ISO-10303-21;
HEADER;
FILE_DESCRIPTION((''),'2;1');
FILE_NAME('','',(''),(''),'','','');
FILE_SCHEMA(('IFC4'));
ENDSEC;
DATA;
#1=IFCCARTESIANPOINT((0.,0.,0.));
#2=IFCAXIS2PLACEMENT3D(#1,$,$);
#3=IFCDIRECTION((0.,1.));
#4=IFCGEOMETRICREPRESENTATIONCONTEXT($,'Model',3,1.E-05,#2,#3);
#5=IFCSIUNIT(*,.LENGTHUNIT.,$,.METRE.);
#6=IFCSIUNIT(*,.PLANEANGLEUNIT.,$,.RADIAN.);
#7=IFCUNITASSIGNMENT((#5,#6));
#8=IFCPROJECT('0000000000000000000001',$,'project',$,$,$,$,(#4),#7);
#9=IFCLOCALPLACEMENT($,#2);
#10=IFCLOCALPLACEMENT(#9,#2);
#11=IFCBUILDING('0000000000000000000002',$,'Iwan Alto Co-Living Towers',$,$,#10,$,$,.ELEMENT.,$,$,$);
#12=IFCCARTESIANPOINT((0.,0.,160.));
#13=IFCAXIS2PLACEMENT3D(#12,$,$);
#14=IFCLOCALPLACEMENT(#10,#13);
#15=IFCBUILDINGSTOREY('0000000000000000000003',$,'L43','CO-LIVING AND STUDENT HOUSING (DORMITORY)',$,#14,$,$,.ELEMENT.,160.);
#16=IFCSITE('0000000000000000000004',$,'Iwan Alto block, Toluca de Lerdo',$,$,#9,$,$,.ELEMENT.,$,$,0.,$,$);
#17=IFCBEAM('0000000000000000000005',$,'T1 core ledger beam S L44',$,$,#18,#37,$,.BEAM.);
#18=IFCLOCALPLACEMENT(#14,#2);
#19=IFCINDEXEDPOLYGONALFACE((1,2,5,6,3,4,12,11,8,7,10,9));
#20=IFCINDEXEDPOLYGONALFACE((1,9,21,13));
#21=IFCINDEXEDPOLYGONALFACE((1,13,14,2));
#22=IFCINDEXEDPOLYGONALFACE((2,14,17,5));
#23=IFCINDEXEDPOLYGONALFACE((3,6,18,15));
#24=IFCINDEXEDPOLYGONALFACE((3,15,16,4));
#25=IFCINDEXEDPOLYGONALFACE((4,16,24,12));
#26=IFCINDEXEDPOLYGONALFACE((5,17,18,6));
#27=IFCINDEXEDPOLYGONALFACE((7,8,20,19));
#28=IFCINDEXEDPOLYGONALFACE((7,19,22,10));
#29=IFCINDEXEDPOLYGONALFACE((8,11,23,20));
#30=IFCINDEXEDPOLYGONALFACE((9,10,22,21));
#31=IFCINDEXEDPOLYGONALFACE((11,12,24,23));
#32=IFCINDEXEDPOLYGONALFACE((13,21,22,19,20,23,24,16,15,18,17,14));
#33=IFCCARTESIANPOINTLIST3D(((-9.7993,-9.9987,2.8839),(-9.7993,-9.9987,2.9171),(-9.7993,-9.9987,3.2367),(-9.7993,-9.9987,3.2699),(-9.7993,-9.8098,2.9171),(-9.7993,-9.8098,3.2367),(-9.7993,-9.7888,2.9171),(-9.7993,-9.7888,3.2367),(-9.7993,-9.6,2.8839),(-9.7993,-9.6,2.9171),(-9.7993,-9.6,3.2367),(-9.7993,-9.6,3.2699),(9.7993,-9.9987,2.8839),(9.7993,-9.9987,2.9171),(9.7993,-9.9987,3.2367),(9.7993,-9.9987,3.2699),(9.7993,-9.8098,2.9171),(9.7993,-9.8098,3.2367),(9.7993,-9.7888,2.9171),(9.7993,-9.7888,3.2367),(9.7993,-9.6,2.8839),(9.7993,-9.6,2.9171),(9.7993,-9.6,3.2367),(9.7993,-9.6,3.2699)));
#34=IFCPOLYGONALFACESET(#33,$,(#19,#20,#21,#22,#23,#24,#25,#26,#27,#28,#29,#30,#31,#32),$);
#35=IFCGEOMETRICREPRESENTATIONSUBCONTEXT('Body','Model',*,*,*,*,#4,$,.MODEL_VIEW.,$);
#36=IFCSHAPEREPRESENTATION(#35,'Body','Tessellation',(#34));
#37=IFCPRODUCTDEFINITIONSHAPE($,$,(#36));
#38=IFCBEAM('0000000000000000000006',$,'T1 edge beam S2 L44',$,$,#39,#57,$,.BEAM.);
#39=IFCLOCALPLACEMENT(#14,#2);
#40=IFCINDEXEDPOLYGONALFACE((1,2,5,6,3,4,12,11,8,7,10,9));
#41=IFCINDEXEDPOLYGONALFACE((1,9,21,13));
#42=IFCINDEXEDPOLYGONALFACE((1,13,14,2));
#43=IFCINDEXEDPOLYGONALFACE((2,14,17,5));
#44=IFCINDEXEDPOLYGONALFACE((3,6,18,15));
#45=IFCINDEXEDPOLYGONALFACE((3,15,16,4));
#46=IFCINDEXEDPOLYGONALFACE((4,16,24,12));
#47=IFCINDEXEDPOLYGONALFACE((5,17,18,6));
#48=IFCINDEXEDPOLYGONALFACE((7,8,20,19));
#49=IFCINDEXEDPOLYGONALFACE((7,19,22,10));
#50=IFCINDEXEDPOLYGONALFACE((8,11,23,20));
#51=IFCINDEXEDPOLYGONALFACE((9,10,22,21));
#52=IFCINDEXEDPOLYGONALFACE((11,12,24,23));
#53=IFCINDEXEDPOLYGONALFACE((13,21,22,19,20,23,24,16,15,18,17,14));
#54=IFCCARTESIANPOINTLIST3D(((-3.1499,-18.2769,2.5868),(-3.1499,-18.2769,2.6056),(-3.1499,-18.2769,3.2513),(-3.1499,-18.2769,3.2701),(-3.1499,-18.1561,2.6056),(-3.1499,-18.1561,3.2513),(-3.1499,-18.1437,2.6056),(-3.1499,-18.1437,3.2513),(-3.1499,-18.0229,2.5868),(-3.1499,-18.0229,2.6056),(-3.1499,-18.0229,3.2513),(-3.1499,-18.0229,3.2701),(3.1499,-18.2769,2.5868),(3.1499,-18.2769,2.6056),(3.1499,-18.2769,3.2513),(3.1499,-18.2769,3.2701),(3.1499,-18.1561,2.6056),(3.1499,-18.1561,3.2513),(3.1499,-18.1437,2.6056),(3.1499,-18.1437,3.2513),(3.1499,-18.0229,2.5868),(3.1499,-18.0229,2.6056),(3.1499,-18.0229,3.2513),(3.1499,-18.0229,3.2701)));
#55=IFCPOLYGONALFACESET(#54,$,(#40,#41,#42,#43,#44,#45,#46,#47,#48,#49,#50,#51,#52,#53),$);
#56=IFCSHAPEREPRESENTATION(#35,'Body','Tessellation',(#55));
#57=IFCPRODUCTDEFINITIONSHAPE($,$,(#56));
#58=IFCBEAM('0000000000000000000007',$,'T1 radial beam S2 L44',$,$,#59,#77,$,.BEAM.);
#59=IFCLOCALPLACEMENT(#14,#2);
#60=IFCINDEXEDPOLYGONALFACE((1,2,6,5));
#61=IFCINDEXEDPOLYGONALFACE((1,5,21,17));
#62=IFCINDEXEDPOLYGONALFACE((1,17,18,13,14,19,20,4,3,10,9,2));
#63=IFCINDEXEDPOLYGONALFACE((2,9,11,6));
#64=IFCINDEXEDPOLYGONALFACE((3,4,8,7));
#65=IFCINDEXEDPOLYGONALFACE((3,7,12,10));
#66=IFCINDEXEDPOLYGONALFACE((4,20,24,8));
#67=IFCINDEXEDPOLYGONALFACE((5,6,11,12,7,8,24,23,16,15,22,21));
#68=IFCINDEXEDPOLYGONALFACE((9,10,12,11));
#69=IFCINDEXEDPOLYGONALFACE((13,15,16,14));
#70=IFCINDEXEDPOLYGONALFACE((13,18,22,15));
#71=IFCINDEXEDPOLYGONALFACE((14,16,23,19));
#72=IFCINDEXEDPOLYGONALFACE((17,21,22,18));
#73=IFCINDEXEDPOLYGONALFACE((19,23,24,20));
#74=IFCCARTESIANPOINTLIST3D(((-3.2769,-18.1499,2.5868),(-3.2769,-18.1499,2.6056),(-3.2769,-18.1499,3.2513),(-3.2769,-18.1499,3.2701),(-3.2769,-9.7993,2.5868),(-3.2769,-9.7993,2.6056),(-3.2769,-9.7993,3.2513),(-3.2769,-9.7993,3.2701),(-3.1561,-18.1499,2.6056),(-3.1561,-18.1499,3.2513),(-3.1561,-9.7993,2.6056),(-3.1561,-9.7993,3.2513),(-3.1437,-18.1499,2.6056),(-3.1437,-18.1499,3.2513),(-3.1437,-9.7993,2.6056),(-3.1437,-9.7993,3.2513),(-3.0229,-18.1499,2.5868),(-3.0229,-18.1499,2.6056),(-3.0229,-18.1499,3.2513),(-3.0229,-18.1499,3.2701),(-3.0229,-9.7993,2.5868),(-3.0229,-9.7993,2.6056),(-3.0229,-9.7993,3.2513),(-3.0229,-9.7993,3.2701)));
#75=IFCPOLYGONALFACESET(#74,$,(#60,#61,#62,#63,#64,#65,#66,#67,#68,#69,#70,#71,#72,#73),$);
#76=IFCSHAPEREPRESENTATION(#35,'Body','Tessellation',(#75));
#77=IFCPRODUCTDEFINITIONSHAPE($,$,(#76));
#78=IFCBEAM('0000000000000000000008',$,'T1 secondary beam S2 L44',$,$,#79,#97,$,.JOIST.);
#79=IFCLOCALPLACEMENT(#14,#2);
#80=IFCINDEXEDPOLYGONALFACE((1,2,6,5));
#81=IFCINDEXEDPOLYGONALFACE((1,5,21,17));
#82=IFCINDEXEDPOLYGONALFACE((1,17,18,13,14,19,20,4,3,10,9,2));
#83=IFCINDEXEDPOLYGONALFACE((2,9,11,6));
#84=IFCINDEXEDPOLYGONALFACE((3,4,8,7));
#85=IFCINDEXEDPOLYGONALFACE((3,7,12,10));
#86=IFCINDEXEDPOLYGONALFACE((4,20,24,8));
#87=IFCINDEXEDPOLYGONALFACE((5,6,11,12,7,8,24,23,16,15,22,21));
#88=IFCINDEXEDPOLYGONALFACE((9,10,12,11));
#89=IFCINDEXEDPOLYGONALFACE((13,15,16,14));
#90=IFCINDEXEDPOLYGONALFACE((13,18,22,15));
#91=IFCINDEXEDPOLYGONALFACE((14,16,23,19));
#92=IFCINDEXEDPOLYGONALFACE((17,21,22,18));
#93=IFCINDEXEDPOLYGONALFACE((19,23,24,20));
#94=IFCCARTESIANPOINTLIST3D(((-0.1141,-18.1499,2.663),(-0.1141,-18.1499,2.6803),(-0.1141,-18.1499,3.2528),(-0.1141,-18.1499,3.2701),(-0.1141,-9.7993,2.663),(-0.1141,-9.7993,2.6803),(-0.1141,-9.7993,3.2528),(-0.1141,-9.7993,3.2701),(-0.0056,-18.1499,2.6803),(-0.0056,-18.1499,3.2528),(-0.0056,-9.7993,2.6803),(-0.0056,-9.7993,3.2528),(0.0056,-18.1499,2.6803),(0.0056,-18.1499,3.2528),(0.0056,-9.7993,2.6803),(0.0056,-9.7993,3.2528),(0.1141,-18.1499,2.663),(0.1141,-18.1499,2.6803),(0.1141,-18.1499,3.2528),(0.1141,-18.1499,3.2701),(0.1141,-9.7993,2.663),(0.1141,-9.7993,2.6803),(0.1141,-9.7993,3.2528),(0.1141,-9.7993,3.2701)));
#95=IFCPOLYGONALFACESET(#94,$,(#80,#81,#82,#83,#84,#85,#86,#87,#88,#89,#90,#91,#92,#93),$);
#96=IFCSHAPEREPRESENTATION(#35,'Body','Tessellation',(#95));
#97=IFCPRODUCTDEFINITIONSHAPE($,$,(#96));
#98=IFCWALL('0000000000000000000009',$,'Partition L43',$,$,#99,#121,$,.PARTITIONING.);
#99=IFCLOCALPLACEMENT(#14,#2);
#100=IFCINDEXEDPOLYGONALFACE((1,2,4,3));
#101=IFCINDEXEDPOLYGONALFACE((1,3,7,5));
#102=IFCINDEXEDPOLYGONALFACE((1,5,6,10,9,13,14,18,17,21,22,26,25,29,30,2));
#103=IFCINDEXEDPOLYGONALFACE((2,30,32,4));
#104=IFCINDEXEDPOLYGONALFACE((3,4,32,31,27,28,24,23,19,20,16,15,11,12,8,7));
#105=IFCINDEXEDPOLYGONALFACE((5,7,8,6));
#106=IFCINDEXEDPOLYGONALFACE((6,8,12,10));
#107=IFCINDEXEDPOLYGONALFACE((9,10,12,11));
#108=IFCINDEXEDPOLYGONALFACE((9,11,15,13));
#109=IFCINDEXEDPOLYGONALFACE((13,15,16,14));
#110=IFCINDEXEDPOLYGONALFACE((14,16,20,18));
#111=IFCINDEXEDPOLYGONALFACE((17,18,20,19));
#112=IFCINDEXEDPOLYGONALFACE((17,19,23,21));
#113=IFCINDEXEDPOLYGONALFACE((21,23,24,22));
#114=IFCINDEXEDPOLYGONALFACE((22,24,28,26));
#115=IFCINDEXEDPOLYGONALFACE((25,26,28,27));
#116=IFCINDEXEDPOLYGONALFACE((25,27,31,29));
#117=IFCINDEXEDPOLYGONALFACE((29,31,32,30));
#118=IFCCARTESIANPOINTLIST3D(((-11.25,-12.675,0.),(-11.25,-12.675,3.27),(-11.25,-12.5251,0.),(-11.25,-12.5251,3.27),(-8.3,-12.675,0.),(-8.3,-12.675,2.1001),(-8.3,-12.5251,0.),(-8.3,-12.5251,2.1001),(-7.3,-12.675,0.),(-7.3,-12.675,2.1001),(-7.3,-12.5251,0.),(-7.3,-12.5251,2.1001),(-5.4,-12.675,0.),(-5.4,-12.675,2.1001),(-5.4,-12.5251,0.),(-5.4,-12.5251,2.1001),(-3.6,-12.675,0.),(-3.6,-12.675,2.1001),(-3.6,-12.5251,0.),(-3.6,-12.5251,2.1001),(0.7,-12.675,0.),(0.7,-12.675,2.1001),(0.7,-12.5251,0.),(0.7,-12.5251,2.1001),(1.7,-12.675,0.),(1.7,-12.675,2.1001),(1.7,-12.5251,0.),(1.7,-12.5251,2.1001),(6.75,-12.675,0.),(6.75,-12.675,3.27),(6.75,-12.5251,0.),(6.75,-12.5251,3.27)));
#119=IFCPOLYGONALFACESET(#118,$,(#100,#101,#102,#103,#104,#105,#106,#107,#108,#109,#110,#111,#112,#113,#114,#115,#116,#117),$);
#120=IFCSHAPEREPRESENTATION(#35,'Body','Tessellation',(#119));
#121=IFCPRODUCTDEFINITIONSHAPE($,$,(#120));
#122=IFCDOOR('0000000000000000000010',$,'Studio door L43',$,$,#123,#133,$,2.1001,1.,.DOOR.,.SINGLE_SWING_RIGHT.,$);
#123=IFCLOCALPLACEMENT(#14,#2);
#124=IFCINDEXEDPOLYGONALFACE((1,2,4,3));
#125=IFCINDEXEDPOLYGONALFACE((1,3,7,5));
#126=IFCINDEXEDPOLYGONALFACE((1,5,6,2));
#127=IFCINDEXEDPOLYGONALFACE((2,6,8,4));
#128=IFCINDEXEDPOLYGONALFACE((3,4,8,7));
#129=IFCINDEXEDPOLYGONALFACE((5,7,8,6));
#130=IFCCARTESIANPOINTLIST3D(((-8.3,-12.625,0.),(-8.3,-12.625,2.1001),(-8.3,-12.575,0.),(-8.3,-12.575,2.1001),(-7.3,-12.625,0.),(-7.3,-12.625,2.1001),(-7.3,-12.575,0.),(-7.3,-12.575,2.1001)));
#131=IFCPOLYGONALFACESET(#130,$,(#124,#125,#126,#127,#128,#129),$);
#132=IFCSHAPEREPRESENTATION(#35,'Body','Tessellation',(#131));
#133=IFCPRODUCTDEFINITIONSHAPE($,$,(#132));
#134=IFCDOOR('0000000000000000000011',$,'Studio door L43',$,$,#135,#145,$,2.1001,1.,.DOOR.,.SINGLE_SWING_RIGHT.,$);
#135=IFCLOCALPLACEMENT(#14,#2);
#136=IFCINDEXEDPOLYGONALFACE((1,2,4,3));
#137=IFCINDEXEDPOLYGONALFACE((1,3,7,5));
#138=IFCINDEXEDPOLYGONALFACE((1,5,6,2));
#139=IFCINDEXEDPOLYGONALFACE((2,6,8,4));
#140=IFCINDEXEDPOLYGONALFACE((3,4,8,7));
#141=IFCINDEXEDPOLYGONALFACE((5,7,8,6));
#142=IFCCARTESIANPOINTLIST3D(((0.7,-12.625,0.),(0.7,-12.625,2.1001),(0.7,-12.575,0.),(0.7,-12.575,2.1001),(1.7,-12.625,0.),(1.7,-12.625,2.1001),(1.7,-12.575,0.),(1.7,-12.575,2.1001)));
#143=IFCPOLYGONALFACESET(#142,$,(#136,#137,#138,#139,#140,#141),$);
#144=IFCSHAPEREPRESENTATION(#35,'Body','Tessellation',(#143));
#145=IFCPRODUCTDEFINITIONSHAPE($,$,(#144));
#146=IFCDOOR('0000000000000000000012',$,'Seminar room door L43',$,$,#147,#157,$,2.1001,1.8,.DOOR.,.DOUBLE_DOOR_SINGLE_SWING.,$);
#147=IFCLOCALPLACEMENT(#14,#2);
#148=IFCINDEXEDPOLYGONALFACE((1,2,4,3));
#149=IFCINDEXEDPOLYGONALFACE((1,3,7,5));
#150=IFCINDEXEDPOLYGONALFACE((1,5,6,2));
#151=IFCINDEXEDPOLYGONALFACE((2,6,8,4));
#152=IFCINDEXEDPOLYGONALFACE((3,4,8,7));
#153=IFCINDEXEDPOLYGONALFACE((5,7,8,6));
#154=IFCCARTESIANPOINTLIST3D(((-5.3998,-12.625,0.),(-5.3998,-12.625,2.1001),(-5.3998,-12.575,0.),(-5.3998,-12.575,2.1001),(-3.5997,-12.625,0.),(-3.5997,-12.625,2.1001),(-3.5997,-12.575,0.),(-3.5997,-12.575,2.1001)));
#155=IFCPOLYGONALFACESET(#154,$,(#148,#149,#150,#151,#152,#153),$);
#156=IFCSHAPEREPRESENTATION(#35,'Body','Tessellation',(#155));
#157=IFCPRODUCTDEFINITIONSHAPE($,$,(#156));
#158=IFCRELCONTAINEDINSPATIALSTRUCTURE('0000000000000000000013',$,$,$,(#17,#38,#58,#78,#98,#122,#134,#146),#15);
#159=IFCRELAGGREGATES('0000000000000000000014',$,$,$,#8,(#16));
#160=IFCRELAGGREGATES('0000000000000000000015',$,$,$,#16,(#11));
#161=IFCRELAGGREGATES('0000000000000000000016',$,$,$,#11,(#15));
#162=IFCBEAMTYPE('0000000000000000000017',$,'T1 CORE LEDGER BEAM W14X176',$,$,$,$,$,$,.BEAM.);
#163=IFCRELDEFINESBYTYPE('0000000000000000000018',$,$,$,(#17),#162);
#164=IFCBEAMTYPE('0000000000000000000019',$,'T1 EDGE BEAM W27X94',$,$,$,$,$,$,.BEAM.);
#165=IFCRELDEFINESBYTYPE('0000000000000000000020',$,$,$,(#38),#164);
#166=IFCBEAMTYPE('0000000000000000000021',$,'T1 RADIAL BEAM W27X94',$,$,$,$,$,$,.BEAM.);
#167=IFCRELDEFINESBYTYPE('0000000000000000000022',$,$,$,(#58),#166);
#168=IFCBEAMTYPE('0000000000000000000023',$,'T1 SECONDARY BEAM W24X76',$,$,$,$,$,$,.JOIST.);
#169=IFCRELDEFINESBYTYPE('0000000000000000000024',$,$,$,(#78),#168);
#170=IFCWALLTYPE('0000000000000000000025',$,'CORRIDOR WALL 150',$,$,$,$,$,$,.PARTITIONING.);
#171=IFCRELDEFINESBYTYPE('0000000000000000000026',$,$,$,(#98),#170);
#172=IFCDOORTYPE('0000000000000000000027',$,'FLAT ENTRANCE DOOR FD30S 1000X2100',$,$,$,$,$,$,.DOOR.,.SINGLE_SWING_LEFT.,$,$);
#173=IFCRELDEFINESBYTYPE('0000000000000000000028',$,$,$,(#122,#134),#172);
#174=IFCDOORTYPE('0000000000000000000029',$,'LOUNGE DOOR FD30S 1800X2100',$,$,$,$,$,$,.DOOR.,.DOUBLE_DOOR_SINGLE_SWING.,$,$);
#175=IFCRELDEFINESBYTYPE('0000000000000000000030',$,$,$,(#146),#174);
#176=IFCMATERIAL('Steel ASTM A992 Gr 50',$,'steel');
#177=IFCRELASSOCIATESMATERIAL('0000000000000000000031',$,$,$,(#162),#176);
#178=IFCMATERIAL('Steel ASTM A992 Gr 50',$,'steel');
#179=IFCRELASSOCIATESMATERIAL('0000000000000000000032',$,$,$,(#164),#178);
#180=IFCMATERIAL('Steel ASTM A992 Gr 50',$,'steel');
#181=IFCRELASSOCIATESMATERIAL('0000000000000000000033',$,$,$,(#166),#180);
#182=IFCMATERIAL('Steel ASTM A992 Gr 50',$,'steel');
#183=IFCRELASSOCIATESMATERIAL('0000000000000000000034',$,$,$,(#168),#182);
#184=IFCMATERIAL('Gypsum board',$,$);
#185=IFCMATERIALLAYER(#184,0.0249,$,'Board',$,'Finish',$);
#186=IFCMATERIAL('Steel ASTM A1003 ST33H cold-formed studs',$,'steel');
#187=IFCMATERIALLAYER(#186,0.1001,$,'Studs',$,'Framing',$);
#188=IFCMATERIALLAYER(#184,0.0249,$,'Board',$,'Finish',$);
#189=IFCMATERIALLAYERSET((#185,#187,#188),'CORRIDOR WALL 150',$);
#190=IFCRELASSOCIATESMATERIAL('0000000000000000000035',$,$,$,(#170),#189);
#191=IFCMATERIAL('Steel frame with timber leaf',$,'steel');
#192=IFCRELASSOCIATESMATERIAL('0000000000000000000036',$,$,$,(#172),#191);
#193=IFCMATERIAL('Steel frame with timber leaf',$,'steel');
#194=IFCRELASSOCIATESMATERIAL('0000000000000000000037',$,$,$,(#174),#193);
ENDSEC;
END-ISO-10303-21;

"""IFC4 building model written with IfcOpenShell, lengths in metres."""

from ifc_helpers import new_model, si_unit, direction, frame, frame_2d, origin, origin_2d, place, context, subcontext, project, spatial, rectangle, i_section, extrude, material, layer, layer_set, material_profile, profile_set, type_object, element, fill, save


model = new_model("IFC4")

# Units and contexts
model_context = context("Model", 3, precision=1e-05, world=origin(), true_north=direction((0.0, 1.0)))
body_context = subcontext(model_context, "Body", "Model", "MODEL_VIEW")
ifc_project = project(units=[si_unit("LENGTHUNIT", "METRE"), si_unit("PLANEANGLEUNIT", "RADIAN")], contexts=[model_context])

# Site, building, storey
site_placement = place(None, origin())
site = spatial("IfcSite", under=ifc_project, at=site_placement, Name="Iwan Alto block, Toluca de Lerdo", CompositionType="ELEMENT", RefElevation=0.0)
building_placement = place(site_placement, origin())
building = spatial("IfcBuilding", under=site, at=building_placement, Name="Iwan Alto Co-Living Towers", CompositionType="ELEMENT")
storey_placement = place(building_placement, frame((0.0, 0.0, 160.0)))
storey = spatial("IfcBuildingStorey", under=building, at=storey_placement, Name="L43", Description="CO-LIVING AND STUDENT HOUSING (DORMITORY)", CompositionType="ELEMENT", Elevation=160.0)

# Beams
ifc_material_1 = material(Name="Steel ASTM A992 Gr 50", Category="steel")
ifc_material_profile_1 = material_profile(ifc_material_1, i_section(OverallWidth=0.3987, OverallDepth=0.386, WebThickness=0.021, FlangeThickness=0.0332, at=origin_2d()), Name="W14X176")
ifc_profile_set_1 = profile_set([ifc_material_profile_1], Name="Steel ASTM A992 Gr 50")
beam_type_1 = type_object("IfcBeamType", Name="T1 CORE LEDGER BEAM W14X176", PredefinedType="BEAM", material=ifc_profile_set_1)
beam_1_placement = place(storey_placement, frame((-9.7993, -9.7993, 3.0769), z_axis=(1.0, 0.0, 0.0), x_axis=(0.0, 1.0, 0.0)))
element("IfcBeam", 1, at=beam_1_placement, inside=storey, type_object=beam_type_1, Name="T1 core ledger beam S L44", PredefinedType="BEAM", context=body_context, shape_type="SweptSolid", body=[
    extrude(i_section(OverallWidth=0.3987, OverallDepth=0.386, WebThickness=0.021, FlangeThickness=0.0332, at=origin_2d()), origin(), (0.0, 0.0, 1.0), 19.5986),
])
ifc_material_2 = material(Name="Steel ASTM A992 Gr 50", Category="steel")
ifc_material_profile_2 = material_profile(ifc_material_2, i_section(OverallWidth=0.2539, OverallDepth=0.6833, WebThickness=0.0125, FlangeThickness=0.0188, at=origin_2d()), Name="W27X94")
ifc_profile_set_2 = profile_set([ifc_material_profile_2], Name="Steel ASTM A992 Gr 50")
beam_type_2 = type_object("IfcBeamType", Name="T1 EDGE BEAM W27X94", PredefinedType="BEAM", material=ifc_profile_set_2)
beam_2_placement = place(storey_placement, frame((-3.1499, -18.1499, 2.9285), z_axis=(1.0, 0.0, 0.0), x_axis=(0.0, 1.0, 0.0)))
element("IfcBeam", 2, at=beam_2_placement, inside=storey, type_object=beam_type_2, Name="T1 edge beam S2 L44", PredefinedType="BEAM", context=body_context, shape_type="SweptSolid", body=[
    extrude(i_section(OverallWidth=0.2539, OverallDepth=0.6833, WebThickness=0.0125, FlangeThickness=0.0188, at=origin_2d()), origin(), (0.0, 0.0, 1.0), 6.2998),
])
ifc_material_3 = material(Name="Steel ASTM A992 Gr 50", Category="steel")
ifc_material_profile_3 = material_profile(ifc_material_3, i_section(OverallWidth=0.2539, OverallDepth=0.6833, WebThickness=0.0125, FlangeThickness=0.0188, at=origin_2d()), Name="W27X94")
ifc_profile_set_3 = profile_set([ifc_material_profile_3], Name="Steel ASTM A992 Gr 50")
beam_type_3 = type_object("IfcBeamType", Name="T1 RADIAL BEAM W27X94", PredefinedType="BEAM", material=ifc_profile_set_3)
beam_3_placement = place(storey_placement, frame((-3.1499, -18.1499, 2.9285), z_axis=(0.0, 1.0, 0.0), x_axis=(-1.0, 0.0, 0.0)))
element("IfcBeam", 3, at=beam_3_placement, inside=storey, type_object=beam_type_3, Name="T1 radial beam S2 L44", PredefinedType="BEAM", context=body_context, shape_type="SweptSolid", body=[
    extrude(i_section(OverallWidth=0.2539, OverallDepth=0.6833, WebThickness=0.0125, FlangeThickness=0.0188, at=origin_2d()), origin(), (0.0, 0.0, 1.0), 8.3506),
])
ifc_material_4 = material(Name="Steel ASTM A992 Gr 50", Category="steel")
ifc_material_profile_4 = material_profile(ifc_material_4, i_section(OverallWidth=0.2283, OverallDepth=0.6072, WebThickness=0.0112, FlangeThickness=0.0173, at=origin_2d()), Name="W24X76")
ifc_profile_set_4 = profile_set([ifc_material_profile_4], Name="Steel ASTM A992 Gr 50")
beam_type_4 = type_object("IfcBeamType", Name="T1 SECONDARY BEAM W24X76", PredefinedType="JOIST", material=ifc_profile_set_4)
beam_4_placement = place(storey_placement, frame((0.0, -18.1499, 2.9666), z_axis=(0.0, 1.0, 0.0), x_axis=(-1.0, 0.0, 0.0)))
element("IfcBeam", 4, at=beam_4_placement, inside=storey, type_object=beam_type_4, Name="T1 secondary beam S2 L44", PredefinedType="JOIST", context=body_context, shape_type="SweptSolid", body=[
    extrude(i_section(OverallWidth=0.2283, OverallDepth=0.6072, WebThickness=0.0112, FlangeThickness=0.0173, at=origin_2d()), origin(), (0.0, 0.0, 1.0), 8.3506),
])

# Wall, openings, doors
ifc_material_5 = material(Name="Gypsum board")
ifc_layer_1 = layer(ifc_material_5, 0.0249, Name="Board", Category="Finish")
ifc_material_6 = material(Name="Steel ASTM A1003 ST33H cold-formed studs", Category="steel")
ifc_layer_2 = layer(ifc_material_6, 0.1001, Name="Studs", Category="Framing")
ifc_layer_3 = layer(ifc_material_5, 0.0249, Name="Board", Category="Finish")
ifc_layer_set_1 = layer_set([ifc_layer_1, ifc_layer_2, ifc_layer_3], Name="CORRIDOR WALL 150")
wall_type_1 = type_object("IfcWallType", Name="CORRIDOR WALL 150", PredefinedType="PARTITIONING", material=ifc_layer_set_1)
wall_1_placement = place(storey_placement, frame((-11.25, -12.6001, 0.0), z_axis=(0.0, 0.0, 1.0), x_axis=(1.0, 0.0, 0.0)))
wall_1 = element("IfcWall", 5, at=wall_1_placement, inside=storey, type_object=wall_type_1, Name="Partition L43", PredefinedType="PARTITIONING", context=body_context, shape_type="SweptSolid", body=[
    extrude(rectangle(XDim=18.0, YDim=0.1499, at=frame_2d((9.0, 0.0))), origin(), (0.0, 0.0, 1.0), 3.27),
])
opening_1_placement = place(wall_1_placement, frame((2.95, 0.0, 0.0)))
opening_1 = element("IfcOpeningElement", 6, at=opening_1_placement, cuts=wall_1, PredefinedType="OPENING", context=body_context, shape_type="SweptSolid", body=[
    extrude(rectangle(XDim=1.0, YDim=2.1001, at=frame_2d((0.5, 1.05))), frame((0.0, 0.085, 0.0), z_axis=(0.0, -1.0, 0.0), x_axis=(1.0, 0.0, 0.0)), (0.0, 0.0, 1.0), 0.1699),
])
opening_2_placement = place(wall_1_placement, frame((5.8501, 0.0, 0.0)))
opening_2 = element("IfcOpeningElement", 7, at=opening_2_placement, cuts=wall_1, PredefinedType="OPENING", context=body_context, shape_type="SweptSolid", body=[
    extrude(rectangle(XDim=1.8, YDim=2.1001, at=frame_2d((0.8999, 1.05))), frame((0.0, 0.085, 0.0), z_axis=(0.0, -1.0, 0.0), x_axis=(1.0, 0.0, 0.0)), (0.0, 0.0, 1.0), 0.1699),
])
opening_3_placement = place(wall_1_placement, frame((11.95, 0.0, 0.0)))
opening_3 = element("IfcOpeningElement", 8, at=opening_3_placement, cuts=wall_1, PredefinedType="OPENING", context=body_context, shape_type="SweptSolid", body=[
    extrude(rectangle(XDim=1.0, YDim=2.1001, at=frame_2d((0.5, 1.05))), frame((0.0, 0.085, 0.0), z_axis=(0.0, -1.0, 0.0), x_axis=(1.0, 0.0, 0.0)), (0.0, 0.0, 1.0), 0.1699),
])
ifc_material_7 = material(Name="Steel frame with timber leaf", Category="steel")
door_type_1 = type_object("IfcDoorType", Name="FLAT ENTRANCE DOOR FD30S 1000X2100", OperationType="SINGLE_SWING_LEFT", PredefinedType="DOOR", material=ifc_material_7)
door_1_placement = place(opening_1_placement, frame((1.0, 0.0, 0.0), z_axis=(0.0, 0.0, 1.0), x_axis=(-1.0, 0.0, 0.0)))
door_1 = element("IfcDoor", 9, at=door_1_placement, inside=storey, type_object=door_type_1, Name="Studio door L43", OperationType="SINGLE_SWING_RIGHT", OverallHeight=2.1001, OverallWidth=1.0, PredefinedType="DOOR", context=body_context, shape_type="SweptSolid", body=[
    extrude(rectangle(XDim=1.0, YDim=2.1001, at=frame_2d((0.5, 1.05))), frame((0.0, 0.0249, 0.0), z_axis=(0.0, -1.0, 0.0), x_axis=(1.0, 0.0, 0.0)), (0.0, 0.0, 1.0), 0.05),
])
fill(opening_1, door_1)
door_2_placement = place(opening_3_placement, frame((1.0, 0.0, 0.0), z_axis=(0.0, 0.0, 1.0), x_axis=(-1.0, 0.0, 0.0)))
door_2 = element("IfcDoor", 10, at=door_2_placement, inside=storey, type_object=door_type_1, Name="Studio door L43", OperationType="SINGLE_SWING_RIGHT", OverallHeight=2.1001, OverallWidth=1.0, PredefinedType="DOOR", context=body_context, shape_type="SweptSolid", body=[
    extrude(rectangle(XDim=1.0, YDim=2.1001, at=frame_2d((0.5, 1.05))), frame((0.0, 0.0249, 0.0), z_axis=(0.0, -1.0, 0.0), x_axis=(1.0, 0.0, 0.0)), (0.0, 0.0, 1.0), 0.05),
])
fill(opening_3, door_2)
ifc_material_8 = material(Name="Steel frame with timber leaf", Category="steel")
door_type_2 = type_object("IfcDoorType", Name="LOUNGE DOOR FD30S 1800X2100", OperationType="DOUBLE_DOOR_SINGLE_SWING", PredefinedType="DOOR", material=ifc_material_8)
door_3_placement = place(opening_2_placement, frame((1.8, 0.0, 0.0), z_axis=(0.0, 0.0, 1.0), x_axis=(-1.0, 0.0, 0.0)))
door_3 = element("IfcDoor", 11, at=door_3_placement, inside=storey, type_object=door_type_2, Name="Seminar room door L43", OperationType="DOUBLE_DOOR_SINGLE_SWING", OverallHeight=2.1001, OverallWidth=1.8, PredefinedType="DOOR", context=body_context, shape_type="SweptSolid", body=[
    extrude(rectangle(XDim=1.8, YDim=2.1001, at=frame_2d((0.8999, 1.05))), frame((0.0, 0.0249, 0.0), z_axis=(0.0, -1.0, 0.0), x_axis=(1.0, 0.0, 0.0)), (0.0, 0.0, 1.0), 0.05),
])
fill(opening_2, door_3)

save(model, "model.ifc")
